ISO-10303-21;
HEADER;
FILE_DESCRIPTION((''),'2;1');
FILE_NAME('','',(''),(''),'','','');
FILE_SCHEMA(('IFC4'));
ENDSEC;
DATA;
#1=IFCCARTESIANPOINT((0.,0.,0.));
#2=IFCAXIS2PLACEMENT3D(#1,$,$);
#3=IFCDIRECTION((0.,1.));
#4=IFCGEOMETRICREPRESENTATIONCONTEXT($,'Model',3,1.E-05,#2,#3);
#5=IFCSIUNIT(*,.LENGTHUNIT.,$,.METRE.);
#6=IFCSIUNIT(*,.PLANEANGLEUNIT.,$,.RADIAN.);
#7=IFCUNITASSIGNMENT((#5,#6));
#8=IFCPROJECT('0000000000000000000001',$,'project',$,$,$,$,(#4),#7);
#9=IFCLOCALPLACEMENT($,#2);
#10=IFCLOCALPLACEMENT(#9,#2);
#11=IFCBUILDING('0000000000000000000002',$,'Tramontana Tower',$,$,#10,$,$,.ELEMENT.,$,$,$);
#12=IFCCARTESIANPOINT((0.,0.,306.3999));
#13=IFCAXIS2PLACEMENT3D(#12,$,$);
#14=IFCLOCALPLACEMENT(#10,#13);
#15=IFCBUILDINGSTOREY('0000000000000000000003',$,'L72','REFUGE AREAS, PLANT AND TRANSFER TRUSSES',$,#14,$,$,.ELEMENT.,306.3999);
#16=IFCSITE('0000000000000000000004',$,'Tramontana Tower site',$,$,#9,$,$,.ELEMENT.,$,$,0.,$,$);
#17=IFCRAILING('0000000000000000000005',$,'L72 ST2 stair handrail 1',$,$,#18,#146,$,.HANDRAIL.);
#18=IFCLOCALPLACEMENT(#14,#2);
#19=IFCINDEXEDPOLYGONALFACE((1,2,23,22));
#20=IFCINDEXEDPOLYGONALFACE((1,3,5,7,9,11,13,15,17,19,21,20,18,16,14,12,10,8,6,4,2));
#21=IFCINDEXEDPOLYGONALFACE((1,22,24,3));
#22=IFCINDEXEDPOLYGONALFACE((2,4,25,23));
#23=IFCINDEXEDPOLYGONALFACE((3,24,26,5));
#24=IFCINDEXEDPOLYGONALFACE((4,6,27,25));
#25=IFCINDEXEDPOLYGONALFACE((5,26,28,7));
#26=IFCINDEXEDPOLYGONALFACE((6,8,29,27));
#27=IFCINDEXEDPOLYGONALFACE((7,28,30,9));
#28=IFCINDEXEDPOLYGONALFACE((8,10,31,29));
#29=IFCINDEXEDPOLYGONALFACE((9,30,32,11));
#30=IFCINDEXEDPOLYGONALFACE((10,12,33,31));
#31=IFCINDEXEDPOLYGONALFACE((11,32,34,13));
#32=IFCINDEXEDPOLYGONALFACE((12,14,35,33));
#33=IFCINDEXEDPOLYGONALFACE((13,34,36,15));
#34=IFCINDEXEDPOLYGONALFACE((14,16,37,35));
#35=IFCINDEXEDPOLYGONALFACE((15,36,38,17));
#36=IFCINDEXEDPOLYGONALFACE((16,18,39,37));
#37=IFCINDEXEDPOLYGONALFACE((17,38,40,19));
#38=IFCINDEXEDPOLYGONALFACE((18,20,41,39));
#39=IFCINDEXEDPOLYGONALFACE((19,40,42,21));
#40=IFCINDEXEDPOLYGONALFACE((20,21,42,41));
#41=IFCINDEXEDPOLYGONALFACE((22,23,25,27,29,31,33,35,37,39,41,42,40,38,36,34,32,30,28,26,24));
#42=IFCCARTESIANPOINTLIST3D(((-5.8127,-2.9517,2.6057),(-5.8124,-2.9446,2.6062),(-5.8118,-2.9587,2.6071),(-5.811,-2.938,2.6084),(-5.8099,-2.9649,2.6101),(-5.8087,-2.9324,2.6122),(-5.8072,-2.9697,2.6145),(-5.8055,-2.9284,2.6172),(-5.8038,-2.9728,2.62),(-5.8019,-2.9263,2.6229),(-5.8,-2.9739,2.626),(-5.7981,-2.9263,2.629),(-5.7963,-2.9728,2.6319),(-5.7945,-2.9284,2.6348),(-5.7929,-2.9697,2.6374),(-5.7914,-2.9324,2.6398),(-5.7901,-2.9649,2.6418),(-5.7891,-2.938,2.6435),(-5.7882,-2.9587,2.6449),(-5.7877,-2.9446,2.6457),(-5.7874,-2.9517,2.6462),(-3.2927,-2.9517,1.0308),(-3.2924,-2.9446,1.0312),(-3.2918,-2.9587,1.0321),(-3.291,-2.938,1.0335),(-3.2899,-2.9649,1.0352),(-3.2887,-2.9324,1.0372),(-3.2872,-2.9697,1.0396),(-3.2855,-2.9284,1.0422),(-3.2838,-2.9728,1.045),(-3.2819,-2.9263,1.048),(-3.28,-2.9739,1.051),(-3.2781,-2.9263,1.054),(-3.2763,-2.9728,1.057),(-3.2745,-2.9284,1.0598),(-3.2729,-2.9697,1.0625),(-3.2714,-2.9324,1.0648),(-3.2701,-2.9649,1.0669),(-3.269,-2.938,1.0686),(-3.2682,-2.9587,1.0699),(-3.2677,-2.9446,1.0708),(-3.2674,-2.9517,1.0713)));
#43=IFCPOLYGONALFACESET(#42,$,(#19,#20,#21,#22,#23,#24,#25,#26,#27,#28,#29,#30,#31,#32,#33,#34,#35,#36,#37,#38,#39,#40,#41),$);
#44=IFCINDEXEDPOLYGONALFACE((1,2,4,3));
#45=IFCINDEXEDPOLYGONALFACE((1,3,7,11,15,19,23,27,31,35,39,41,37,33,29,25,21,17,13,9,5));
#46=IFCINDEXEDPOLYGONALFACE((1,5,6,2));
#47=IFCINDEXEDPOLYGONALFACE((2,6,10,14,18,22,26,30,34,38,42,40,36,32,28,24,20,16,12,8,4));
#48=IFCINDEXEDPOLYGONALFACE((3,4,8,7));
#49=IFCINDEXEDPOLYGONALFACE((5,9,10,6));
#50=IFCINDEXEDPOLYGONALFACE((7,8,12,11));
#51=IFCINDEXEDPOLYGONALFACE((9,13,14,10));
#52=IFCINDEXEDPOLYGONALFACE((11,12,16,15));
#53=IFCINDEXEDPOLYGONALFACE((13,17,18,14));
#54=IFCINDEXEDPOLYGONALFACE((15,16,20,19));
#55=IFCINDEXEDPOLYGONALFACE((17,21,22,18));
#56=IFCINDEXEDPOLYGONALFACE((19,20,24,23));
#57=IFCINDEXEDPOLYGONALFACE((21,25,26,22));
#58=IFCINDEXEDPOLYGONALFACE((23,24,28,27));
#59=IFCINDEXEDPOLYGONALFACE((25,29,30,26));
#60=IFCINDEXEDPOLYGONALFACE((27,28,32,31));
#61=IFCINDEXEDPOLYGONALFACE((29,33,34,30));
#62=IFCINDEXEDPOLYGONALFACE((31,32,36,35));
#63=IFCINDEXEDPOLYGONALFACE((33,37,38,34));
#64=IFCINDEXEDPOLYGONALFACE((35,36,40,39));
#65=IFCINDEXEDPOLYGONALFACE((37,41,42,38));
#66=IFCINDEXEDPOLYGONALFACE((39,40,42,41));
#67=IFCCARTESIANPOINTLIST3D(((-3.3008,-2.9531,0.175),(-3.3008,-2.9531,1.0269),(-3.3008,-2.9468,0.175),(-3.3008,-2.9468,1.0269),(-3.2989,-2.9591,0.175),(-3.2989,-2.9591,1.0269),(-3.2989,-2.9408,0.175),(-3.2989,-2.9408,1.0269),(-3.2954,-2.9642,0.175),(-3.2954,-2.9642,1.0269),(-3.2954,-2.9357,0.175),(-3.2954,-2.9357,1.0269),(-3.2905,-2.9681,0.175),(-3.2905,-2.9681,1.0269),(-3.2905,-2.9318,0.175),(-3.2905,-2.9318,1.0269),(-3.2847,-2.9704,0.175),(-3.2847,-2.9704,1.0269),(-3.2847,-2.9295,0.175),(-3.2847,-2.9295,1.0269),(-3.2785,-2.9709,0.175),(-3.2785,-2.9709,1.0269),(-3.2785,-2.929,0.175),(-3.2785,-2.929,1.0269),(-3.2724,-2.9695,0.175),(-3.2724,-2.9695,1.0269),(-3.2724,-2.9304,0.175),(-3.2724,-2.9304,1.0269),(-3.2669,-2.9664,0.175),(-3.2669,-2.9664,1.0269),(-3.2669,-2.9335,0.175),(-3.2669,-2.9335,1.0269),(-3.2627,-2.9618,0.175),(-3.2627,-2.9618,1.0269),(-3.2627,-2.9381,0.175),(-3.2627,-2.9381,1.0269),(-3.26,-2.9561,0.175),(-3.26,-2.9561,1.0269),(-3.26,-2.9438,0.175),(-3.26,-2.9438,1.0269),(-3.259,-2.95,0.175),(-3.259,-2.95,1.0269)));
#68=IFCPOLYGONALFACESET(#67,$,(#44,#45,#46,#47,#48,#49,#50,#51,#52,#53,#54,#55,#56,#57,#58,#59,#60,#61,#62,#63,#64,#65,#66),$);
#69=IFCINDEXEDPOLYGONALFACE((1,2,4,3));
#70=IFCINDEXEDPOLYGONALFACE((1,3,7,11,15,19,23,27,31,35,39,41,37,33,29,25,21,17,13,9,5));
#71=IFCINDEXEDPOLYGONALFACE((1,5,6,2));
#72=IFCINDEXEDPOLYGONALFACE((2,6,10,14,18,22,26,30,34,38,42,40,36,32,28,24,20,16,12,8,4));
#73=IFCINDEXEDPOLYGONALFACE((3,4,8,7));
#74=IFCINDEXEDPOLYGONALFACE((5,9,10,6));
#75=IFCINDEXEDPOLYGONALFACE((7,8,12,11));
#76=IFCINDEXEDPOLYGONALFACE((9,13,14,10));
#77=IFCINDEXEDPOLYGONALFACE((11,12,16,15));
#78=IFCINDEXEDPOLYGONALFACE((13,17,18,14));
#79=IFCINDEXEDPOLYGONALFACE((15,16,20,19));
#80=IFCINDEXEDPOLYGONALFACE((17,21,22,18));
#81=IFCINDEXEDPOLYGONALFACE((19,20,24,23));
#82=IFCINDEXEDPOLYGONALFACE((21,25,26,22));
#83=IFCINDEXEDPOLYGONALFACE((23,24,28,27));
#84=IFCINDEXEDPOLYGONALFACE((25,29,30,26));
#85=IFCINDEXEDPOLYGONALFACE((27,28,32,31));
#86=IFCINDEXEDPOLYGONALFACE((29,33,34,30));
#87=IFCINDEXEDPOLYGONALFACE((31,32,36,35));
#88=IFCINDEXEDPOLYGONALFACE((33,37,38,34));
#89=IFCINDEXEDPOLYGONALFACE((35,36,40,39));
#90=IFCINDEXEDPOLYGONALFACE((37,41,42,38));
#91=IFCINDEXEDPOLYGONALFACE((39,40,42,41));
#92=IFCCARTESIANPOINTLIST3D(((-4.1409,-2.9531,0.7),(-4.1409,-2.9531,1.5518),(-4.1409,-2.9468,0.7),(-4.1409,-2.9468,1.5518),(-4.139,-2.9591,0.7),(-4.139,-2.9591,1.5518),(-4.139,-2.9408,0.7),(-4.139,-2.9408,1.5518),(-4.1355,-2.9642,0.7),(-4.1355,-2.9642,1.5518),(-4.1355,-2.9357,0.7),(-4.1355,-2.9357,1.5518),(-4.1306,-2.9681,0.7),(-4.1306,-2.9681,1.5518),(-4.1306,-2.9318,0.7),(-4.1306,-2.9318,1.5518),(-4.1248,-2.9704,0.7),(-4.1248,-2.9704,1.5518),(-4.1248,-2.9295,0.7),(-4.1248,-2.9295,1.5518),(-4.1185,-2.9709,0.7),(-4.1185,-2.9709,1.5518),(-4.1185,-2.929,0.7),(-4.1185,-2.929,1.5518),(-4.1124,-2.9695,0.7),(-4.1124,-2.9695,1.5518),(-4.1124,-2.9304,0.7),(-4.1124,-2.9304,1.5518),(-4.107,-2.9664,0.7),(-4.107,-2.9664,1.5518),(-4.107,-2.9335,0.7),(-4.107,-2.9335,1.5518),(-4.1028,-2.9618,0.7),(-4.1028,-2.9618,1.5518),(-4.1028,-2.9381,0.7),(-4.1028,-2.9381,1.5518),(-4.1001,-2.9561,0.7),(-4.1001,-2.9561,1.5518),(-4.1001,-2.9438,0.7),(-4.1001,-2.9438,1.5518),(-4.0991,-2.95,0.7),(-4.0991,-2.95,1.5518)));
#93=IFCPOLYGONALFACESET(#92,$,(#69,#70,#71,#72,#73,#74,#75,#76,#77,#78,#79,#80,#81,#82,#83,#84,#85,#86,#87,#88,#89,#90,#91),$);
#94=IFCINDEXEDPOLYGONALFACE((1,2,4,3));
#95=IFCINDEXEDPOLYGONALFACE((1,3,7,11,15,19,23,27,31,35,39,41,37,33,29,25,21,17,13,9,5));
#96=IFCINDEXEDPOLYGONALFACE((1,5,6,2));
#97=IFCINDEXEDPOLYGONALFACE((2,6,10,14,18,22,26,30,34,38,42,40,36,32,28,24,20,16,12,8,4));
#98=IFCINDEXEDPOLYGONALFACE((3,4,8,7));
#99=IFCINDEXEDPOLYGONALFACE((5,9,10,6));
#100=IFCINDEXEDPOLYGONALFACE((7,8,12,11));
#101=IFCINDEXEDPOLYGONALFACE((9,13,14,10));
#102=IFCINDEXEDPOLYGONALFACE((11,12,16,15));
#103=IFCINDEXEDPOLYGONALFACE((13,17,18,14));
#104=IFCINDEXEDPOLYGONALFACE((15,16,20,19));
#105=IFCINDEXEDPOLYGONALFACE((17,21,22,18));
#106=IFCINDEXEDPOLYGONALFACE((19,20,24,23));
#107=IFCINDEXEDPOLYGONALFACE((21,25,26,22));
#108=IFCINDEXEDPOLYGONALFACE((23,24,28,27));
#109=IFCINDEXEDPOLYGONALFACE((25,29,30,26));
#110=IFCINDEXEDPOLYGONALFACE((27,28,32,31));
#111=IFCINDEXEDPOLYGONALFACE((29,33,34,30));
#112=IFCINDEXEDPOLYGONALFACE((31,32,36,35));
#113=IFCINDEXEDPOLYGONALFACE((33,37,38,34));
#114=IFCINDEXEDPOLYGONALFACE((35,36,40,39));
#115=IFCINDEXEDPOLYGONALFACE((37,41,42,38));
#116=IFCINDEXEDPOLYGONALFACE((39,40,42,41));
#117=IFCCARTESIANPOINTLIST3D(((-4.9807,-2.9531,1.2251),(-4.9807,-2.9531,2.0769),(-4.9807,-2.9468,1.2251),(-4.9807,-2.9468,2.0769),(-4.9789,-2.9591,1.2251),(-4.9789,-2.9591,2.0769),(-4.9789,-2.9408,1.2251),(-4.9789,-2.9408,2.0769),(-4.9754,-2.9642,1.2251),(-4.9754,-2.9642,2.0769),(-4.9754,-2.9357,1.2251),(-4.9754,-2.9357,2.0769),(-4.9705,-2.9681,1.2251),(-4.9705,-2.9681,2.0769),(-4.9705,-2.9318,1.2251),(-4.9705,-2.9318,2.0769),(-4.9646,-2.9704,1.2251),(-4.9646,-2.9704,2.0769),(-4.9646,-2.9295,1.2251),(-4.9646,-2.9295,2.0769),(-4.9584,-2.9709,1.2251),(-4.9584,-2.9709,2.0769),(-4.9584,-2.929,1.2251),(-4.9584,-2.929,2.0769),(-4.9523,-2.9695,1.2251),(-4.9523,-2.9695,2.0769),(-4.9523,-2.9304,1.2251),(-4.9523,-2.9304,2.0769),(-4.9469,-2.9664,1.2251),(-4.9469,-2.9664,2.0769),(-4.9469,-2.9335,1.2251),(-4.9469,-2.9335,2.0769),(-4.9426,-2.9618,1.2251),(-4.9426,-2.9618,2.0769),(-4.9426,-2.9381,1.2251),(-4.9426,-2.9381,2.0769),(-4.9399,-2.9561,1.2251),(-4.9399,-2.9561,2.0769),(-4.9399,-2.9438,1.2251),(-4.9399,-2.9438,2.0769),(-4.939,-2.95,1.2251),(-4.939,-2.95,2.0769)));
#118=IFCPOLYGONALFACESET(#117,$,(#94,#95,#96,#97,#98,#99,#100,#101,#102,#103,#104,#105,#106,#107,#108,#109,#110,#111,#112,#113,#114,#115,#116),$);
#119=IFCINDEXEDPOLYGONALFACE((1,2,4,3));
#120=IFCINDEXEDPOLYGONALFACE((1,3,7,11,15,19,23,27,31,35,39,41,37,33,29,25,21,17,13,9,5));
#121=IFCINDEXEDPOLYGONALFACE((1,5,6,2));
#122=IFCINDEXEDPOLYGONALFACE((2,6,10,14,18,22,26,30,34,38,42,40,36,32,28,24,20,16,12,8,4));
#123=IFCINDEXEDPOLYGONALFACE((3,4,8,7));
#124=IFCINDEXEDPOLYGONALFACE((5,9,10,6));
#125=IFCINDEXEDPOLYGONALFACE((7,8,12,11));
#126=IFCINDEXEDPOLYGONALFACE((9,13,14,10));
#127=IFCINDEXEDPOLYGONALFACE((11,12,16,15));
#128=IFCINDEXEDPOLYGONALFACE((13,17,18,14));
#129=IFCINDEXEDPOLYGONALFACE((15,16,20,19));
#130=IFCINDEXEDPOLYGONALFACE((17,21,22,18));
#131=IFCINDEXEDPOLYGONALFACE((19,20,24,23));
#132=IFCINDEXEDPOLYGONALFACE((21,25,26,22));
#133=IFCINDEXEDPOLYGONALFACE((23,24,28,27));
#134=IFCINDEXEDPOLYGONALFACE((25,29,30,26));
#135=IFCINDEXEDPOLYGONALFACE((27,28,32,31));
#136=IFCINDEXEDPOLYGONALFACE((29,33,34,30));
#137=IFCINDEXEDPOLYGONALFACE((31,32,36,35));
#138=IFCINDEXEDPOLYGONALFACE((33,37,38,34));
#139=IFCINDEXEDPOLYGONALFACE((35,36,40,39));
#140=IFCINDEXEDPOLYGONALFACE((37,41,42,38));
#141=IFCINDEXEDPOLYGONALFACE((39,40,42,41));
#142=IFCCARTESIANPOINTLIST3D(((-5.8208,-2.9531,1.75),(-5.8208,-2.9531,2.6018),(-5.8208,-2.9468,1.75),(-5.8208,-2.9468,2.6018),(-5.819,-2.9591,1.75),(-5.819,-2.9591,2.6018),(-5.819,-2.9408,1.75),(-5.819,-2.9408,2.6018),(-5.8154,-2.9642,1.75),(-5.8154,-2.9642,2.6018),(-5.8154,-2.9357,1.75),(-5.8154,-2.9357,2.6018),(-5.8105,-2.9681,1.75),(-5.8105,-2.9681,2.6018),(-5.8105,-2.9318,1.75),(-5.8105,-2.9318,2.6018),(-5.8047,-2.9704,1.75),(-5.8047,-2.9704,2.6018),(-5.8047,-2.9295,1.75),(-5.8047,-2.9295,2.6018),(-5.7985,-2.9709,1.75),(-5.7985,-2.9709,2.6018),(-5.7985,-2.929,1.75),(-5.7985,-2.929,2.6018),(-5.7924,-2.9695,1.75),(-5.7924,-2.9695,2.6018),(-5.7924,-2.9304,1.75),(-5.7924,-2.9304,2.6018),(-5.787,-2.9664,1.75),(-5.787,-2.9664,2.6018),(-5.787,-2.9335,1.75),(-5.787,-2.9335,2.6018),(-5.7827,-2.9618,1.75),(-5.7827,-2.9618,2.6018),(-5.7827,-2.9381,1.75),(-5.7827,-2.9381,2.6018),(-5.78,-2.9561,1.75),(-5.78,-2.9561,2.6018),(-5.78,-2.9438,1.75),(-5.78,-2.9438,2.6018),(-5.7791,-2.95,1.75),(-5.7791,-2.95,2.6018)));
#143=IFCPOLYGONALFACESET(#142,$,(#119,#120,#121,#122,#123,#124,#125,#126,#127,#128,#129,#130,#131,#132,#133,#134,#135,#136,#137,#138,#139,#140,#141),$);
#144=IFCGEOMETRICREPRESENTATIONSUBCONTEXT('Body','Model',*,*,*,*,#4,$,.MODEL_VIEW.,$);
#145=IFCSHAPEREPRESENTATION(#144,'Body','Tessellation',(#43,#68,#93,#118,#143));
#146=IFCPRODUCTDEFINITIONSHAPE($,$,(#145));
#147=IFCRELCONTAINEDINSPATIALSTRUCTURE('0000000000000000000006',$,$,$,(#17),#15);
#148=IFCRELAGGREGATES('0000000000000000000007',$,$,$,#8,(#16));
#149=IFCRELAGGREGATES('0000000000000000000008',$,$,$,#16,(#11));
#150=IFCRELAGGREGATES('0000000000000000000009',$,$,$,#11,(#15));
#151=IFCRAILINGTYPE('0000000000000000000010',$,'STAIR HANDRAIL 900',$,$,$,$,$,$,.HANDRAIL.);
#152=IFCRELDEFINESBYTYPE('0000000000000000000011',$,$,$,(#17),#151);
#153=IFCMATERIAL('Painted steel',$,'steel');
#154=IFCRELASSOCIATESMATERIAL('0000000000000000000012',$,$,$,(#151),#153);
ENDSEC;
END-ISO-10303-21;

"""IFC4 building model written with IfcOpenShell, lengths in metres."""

from ifc_helpers import new_model, si_unit, direction, frame, origin, origin_2d, place, context, subcontext, project, spatial, circle, extrude, material, type_object, element, save


model = new_model("IFC4")

# Units and contexts
model_context = context("Model", 3, precision=1e-05, world=origin(), true_north=direction((0.0, 1.0)))
body_context = subcontext(model_context, "Body", "Model", "MODEL_VIEW")
ifc_project = project(units=[si_unit("LENGTHUNIT", "METRE"), si_unit("PLANEANGLEUNIT", "RADIAN")], contexts=[model_context])

# Site, building, storey
site_placement = place(None, origin())
site = spatial("IfcSite", under=ifc_project, at=site_placement, Name="Tramontana Tower site", CompositionType="ELEMENT", RefElevation=0.0)
building_placement = place(site_placement, origin())
building = spatial("IfcBuilding", under=site, at=building_placement, Name="Tramontana Tower", CompositionType="ELEMENT")
storey_placement = place(building_placement, frame((0.0, 0.0, 306.3999)))
storey = spatial("IfcBuildingStorey", under=building, at=storey_placement, Name="L72", Description="REFUGE AREAS, PLANT AND TRANSFER TRUSSES", CompositionType="ELEMENT", Elevation=306.3999)

# Railing
ifc_material_1 = material(Name="Painted steel", Category="steel")
railing_type_1 = type_object("IfcRailingType", Name="STAIR HANDRAIL 900", PredefinedType="HANDRAIL", material=ifc_material_1)
for number, where, name in (
    (1, (-3.28, -2.95, 0.175), "L72 ST2 stair handrail 1"),
):
    element("IfcRailing", number, at=place(storey_placement, frame(where)), inside=storey, type_object=railing_type_1, Name=name, PredefinedType="HANDRAIL", context=body_context, shape_type="SweptSolid", body=[
        extrude(circle(Radius=0.0239, at=origin_2d()), frame((0.0, 0.0, 0.876), z_axis=(-0.848008, 0.0, 0.529984), x_axis=(0.0, -1.0, 0.0)), (0.0, 0.0, 1.0), 2.9717),
        extrude(circle(Radius=0.021, at=origin_2d()), origin(), (0.0, 0.0, 1.0), 0.8518),
        extrude(circle(Radius=0.021, at=origin_2d()), frame((-0.8401, 0.0, 0.5249)), (0.0, 0.0, 1.0), 0.8518),
        extrude(circle(Radius=0.021, at=origin_2d()), frame((-1.6799, 0.0, 1.05)), (0.0, 0.0, 1.0), 0.8518),
        extrude(circle(Radius=0.021, at=origin_2d()), frame((-2.52, 0.0, 1.575)), (0.0, 0.0, 1.0), 0.8518),
    ])

save(model, "model.ifc")
